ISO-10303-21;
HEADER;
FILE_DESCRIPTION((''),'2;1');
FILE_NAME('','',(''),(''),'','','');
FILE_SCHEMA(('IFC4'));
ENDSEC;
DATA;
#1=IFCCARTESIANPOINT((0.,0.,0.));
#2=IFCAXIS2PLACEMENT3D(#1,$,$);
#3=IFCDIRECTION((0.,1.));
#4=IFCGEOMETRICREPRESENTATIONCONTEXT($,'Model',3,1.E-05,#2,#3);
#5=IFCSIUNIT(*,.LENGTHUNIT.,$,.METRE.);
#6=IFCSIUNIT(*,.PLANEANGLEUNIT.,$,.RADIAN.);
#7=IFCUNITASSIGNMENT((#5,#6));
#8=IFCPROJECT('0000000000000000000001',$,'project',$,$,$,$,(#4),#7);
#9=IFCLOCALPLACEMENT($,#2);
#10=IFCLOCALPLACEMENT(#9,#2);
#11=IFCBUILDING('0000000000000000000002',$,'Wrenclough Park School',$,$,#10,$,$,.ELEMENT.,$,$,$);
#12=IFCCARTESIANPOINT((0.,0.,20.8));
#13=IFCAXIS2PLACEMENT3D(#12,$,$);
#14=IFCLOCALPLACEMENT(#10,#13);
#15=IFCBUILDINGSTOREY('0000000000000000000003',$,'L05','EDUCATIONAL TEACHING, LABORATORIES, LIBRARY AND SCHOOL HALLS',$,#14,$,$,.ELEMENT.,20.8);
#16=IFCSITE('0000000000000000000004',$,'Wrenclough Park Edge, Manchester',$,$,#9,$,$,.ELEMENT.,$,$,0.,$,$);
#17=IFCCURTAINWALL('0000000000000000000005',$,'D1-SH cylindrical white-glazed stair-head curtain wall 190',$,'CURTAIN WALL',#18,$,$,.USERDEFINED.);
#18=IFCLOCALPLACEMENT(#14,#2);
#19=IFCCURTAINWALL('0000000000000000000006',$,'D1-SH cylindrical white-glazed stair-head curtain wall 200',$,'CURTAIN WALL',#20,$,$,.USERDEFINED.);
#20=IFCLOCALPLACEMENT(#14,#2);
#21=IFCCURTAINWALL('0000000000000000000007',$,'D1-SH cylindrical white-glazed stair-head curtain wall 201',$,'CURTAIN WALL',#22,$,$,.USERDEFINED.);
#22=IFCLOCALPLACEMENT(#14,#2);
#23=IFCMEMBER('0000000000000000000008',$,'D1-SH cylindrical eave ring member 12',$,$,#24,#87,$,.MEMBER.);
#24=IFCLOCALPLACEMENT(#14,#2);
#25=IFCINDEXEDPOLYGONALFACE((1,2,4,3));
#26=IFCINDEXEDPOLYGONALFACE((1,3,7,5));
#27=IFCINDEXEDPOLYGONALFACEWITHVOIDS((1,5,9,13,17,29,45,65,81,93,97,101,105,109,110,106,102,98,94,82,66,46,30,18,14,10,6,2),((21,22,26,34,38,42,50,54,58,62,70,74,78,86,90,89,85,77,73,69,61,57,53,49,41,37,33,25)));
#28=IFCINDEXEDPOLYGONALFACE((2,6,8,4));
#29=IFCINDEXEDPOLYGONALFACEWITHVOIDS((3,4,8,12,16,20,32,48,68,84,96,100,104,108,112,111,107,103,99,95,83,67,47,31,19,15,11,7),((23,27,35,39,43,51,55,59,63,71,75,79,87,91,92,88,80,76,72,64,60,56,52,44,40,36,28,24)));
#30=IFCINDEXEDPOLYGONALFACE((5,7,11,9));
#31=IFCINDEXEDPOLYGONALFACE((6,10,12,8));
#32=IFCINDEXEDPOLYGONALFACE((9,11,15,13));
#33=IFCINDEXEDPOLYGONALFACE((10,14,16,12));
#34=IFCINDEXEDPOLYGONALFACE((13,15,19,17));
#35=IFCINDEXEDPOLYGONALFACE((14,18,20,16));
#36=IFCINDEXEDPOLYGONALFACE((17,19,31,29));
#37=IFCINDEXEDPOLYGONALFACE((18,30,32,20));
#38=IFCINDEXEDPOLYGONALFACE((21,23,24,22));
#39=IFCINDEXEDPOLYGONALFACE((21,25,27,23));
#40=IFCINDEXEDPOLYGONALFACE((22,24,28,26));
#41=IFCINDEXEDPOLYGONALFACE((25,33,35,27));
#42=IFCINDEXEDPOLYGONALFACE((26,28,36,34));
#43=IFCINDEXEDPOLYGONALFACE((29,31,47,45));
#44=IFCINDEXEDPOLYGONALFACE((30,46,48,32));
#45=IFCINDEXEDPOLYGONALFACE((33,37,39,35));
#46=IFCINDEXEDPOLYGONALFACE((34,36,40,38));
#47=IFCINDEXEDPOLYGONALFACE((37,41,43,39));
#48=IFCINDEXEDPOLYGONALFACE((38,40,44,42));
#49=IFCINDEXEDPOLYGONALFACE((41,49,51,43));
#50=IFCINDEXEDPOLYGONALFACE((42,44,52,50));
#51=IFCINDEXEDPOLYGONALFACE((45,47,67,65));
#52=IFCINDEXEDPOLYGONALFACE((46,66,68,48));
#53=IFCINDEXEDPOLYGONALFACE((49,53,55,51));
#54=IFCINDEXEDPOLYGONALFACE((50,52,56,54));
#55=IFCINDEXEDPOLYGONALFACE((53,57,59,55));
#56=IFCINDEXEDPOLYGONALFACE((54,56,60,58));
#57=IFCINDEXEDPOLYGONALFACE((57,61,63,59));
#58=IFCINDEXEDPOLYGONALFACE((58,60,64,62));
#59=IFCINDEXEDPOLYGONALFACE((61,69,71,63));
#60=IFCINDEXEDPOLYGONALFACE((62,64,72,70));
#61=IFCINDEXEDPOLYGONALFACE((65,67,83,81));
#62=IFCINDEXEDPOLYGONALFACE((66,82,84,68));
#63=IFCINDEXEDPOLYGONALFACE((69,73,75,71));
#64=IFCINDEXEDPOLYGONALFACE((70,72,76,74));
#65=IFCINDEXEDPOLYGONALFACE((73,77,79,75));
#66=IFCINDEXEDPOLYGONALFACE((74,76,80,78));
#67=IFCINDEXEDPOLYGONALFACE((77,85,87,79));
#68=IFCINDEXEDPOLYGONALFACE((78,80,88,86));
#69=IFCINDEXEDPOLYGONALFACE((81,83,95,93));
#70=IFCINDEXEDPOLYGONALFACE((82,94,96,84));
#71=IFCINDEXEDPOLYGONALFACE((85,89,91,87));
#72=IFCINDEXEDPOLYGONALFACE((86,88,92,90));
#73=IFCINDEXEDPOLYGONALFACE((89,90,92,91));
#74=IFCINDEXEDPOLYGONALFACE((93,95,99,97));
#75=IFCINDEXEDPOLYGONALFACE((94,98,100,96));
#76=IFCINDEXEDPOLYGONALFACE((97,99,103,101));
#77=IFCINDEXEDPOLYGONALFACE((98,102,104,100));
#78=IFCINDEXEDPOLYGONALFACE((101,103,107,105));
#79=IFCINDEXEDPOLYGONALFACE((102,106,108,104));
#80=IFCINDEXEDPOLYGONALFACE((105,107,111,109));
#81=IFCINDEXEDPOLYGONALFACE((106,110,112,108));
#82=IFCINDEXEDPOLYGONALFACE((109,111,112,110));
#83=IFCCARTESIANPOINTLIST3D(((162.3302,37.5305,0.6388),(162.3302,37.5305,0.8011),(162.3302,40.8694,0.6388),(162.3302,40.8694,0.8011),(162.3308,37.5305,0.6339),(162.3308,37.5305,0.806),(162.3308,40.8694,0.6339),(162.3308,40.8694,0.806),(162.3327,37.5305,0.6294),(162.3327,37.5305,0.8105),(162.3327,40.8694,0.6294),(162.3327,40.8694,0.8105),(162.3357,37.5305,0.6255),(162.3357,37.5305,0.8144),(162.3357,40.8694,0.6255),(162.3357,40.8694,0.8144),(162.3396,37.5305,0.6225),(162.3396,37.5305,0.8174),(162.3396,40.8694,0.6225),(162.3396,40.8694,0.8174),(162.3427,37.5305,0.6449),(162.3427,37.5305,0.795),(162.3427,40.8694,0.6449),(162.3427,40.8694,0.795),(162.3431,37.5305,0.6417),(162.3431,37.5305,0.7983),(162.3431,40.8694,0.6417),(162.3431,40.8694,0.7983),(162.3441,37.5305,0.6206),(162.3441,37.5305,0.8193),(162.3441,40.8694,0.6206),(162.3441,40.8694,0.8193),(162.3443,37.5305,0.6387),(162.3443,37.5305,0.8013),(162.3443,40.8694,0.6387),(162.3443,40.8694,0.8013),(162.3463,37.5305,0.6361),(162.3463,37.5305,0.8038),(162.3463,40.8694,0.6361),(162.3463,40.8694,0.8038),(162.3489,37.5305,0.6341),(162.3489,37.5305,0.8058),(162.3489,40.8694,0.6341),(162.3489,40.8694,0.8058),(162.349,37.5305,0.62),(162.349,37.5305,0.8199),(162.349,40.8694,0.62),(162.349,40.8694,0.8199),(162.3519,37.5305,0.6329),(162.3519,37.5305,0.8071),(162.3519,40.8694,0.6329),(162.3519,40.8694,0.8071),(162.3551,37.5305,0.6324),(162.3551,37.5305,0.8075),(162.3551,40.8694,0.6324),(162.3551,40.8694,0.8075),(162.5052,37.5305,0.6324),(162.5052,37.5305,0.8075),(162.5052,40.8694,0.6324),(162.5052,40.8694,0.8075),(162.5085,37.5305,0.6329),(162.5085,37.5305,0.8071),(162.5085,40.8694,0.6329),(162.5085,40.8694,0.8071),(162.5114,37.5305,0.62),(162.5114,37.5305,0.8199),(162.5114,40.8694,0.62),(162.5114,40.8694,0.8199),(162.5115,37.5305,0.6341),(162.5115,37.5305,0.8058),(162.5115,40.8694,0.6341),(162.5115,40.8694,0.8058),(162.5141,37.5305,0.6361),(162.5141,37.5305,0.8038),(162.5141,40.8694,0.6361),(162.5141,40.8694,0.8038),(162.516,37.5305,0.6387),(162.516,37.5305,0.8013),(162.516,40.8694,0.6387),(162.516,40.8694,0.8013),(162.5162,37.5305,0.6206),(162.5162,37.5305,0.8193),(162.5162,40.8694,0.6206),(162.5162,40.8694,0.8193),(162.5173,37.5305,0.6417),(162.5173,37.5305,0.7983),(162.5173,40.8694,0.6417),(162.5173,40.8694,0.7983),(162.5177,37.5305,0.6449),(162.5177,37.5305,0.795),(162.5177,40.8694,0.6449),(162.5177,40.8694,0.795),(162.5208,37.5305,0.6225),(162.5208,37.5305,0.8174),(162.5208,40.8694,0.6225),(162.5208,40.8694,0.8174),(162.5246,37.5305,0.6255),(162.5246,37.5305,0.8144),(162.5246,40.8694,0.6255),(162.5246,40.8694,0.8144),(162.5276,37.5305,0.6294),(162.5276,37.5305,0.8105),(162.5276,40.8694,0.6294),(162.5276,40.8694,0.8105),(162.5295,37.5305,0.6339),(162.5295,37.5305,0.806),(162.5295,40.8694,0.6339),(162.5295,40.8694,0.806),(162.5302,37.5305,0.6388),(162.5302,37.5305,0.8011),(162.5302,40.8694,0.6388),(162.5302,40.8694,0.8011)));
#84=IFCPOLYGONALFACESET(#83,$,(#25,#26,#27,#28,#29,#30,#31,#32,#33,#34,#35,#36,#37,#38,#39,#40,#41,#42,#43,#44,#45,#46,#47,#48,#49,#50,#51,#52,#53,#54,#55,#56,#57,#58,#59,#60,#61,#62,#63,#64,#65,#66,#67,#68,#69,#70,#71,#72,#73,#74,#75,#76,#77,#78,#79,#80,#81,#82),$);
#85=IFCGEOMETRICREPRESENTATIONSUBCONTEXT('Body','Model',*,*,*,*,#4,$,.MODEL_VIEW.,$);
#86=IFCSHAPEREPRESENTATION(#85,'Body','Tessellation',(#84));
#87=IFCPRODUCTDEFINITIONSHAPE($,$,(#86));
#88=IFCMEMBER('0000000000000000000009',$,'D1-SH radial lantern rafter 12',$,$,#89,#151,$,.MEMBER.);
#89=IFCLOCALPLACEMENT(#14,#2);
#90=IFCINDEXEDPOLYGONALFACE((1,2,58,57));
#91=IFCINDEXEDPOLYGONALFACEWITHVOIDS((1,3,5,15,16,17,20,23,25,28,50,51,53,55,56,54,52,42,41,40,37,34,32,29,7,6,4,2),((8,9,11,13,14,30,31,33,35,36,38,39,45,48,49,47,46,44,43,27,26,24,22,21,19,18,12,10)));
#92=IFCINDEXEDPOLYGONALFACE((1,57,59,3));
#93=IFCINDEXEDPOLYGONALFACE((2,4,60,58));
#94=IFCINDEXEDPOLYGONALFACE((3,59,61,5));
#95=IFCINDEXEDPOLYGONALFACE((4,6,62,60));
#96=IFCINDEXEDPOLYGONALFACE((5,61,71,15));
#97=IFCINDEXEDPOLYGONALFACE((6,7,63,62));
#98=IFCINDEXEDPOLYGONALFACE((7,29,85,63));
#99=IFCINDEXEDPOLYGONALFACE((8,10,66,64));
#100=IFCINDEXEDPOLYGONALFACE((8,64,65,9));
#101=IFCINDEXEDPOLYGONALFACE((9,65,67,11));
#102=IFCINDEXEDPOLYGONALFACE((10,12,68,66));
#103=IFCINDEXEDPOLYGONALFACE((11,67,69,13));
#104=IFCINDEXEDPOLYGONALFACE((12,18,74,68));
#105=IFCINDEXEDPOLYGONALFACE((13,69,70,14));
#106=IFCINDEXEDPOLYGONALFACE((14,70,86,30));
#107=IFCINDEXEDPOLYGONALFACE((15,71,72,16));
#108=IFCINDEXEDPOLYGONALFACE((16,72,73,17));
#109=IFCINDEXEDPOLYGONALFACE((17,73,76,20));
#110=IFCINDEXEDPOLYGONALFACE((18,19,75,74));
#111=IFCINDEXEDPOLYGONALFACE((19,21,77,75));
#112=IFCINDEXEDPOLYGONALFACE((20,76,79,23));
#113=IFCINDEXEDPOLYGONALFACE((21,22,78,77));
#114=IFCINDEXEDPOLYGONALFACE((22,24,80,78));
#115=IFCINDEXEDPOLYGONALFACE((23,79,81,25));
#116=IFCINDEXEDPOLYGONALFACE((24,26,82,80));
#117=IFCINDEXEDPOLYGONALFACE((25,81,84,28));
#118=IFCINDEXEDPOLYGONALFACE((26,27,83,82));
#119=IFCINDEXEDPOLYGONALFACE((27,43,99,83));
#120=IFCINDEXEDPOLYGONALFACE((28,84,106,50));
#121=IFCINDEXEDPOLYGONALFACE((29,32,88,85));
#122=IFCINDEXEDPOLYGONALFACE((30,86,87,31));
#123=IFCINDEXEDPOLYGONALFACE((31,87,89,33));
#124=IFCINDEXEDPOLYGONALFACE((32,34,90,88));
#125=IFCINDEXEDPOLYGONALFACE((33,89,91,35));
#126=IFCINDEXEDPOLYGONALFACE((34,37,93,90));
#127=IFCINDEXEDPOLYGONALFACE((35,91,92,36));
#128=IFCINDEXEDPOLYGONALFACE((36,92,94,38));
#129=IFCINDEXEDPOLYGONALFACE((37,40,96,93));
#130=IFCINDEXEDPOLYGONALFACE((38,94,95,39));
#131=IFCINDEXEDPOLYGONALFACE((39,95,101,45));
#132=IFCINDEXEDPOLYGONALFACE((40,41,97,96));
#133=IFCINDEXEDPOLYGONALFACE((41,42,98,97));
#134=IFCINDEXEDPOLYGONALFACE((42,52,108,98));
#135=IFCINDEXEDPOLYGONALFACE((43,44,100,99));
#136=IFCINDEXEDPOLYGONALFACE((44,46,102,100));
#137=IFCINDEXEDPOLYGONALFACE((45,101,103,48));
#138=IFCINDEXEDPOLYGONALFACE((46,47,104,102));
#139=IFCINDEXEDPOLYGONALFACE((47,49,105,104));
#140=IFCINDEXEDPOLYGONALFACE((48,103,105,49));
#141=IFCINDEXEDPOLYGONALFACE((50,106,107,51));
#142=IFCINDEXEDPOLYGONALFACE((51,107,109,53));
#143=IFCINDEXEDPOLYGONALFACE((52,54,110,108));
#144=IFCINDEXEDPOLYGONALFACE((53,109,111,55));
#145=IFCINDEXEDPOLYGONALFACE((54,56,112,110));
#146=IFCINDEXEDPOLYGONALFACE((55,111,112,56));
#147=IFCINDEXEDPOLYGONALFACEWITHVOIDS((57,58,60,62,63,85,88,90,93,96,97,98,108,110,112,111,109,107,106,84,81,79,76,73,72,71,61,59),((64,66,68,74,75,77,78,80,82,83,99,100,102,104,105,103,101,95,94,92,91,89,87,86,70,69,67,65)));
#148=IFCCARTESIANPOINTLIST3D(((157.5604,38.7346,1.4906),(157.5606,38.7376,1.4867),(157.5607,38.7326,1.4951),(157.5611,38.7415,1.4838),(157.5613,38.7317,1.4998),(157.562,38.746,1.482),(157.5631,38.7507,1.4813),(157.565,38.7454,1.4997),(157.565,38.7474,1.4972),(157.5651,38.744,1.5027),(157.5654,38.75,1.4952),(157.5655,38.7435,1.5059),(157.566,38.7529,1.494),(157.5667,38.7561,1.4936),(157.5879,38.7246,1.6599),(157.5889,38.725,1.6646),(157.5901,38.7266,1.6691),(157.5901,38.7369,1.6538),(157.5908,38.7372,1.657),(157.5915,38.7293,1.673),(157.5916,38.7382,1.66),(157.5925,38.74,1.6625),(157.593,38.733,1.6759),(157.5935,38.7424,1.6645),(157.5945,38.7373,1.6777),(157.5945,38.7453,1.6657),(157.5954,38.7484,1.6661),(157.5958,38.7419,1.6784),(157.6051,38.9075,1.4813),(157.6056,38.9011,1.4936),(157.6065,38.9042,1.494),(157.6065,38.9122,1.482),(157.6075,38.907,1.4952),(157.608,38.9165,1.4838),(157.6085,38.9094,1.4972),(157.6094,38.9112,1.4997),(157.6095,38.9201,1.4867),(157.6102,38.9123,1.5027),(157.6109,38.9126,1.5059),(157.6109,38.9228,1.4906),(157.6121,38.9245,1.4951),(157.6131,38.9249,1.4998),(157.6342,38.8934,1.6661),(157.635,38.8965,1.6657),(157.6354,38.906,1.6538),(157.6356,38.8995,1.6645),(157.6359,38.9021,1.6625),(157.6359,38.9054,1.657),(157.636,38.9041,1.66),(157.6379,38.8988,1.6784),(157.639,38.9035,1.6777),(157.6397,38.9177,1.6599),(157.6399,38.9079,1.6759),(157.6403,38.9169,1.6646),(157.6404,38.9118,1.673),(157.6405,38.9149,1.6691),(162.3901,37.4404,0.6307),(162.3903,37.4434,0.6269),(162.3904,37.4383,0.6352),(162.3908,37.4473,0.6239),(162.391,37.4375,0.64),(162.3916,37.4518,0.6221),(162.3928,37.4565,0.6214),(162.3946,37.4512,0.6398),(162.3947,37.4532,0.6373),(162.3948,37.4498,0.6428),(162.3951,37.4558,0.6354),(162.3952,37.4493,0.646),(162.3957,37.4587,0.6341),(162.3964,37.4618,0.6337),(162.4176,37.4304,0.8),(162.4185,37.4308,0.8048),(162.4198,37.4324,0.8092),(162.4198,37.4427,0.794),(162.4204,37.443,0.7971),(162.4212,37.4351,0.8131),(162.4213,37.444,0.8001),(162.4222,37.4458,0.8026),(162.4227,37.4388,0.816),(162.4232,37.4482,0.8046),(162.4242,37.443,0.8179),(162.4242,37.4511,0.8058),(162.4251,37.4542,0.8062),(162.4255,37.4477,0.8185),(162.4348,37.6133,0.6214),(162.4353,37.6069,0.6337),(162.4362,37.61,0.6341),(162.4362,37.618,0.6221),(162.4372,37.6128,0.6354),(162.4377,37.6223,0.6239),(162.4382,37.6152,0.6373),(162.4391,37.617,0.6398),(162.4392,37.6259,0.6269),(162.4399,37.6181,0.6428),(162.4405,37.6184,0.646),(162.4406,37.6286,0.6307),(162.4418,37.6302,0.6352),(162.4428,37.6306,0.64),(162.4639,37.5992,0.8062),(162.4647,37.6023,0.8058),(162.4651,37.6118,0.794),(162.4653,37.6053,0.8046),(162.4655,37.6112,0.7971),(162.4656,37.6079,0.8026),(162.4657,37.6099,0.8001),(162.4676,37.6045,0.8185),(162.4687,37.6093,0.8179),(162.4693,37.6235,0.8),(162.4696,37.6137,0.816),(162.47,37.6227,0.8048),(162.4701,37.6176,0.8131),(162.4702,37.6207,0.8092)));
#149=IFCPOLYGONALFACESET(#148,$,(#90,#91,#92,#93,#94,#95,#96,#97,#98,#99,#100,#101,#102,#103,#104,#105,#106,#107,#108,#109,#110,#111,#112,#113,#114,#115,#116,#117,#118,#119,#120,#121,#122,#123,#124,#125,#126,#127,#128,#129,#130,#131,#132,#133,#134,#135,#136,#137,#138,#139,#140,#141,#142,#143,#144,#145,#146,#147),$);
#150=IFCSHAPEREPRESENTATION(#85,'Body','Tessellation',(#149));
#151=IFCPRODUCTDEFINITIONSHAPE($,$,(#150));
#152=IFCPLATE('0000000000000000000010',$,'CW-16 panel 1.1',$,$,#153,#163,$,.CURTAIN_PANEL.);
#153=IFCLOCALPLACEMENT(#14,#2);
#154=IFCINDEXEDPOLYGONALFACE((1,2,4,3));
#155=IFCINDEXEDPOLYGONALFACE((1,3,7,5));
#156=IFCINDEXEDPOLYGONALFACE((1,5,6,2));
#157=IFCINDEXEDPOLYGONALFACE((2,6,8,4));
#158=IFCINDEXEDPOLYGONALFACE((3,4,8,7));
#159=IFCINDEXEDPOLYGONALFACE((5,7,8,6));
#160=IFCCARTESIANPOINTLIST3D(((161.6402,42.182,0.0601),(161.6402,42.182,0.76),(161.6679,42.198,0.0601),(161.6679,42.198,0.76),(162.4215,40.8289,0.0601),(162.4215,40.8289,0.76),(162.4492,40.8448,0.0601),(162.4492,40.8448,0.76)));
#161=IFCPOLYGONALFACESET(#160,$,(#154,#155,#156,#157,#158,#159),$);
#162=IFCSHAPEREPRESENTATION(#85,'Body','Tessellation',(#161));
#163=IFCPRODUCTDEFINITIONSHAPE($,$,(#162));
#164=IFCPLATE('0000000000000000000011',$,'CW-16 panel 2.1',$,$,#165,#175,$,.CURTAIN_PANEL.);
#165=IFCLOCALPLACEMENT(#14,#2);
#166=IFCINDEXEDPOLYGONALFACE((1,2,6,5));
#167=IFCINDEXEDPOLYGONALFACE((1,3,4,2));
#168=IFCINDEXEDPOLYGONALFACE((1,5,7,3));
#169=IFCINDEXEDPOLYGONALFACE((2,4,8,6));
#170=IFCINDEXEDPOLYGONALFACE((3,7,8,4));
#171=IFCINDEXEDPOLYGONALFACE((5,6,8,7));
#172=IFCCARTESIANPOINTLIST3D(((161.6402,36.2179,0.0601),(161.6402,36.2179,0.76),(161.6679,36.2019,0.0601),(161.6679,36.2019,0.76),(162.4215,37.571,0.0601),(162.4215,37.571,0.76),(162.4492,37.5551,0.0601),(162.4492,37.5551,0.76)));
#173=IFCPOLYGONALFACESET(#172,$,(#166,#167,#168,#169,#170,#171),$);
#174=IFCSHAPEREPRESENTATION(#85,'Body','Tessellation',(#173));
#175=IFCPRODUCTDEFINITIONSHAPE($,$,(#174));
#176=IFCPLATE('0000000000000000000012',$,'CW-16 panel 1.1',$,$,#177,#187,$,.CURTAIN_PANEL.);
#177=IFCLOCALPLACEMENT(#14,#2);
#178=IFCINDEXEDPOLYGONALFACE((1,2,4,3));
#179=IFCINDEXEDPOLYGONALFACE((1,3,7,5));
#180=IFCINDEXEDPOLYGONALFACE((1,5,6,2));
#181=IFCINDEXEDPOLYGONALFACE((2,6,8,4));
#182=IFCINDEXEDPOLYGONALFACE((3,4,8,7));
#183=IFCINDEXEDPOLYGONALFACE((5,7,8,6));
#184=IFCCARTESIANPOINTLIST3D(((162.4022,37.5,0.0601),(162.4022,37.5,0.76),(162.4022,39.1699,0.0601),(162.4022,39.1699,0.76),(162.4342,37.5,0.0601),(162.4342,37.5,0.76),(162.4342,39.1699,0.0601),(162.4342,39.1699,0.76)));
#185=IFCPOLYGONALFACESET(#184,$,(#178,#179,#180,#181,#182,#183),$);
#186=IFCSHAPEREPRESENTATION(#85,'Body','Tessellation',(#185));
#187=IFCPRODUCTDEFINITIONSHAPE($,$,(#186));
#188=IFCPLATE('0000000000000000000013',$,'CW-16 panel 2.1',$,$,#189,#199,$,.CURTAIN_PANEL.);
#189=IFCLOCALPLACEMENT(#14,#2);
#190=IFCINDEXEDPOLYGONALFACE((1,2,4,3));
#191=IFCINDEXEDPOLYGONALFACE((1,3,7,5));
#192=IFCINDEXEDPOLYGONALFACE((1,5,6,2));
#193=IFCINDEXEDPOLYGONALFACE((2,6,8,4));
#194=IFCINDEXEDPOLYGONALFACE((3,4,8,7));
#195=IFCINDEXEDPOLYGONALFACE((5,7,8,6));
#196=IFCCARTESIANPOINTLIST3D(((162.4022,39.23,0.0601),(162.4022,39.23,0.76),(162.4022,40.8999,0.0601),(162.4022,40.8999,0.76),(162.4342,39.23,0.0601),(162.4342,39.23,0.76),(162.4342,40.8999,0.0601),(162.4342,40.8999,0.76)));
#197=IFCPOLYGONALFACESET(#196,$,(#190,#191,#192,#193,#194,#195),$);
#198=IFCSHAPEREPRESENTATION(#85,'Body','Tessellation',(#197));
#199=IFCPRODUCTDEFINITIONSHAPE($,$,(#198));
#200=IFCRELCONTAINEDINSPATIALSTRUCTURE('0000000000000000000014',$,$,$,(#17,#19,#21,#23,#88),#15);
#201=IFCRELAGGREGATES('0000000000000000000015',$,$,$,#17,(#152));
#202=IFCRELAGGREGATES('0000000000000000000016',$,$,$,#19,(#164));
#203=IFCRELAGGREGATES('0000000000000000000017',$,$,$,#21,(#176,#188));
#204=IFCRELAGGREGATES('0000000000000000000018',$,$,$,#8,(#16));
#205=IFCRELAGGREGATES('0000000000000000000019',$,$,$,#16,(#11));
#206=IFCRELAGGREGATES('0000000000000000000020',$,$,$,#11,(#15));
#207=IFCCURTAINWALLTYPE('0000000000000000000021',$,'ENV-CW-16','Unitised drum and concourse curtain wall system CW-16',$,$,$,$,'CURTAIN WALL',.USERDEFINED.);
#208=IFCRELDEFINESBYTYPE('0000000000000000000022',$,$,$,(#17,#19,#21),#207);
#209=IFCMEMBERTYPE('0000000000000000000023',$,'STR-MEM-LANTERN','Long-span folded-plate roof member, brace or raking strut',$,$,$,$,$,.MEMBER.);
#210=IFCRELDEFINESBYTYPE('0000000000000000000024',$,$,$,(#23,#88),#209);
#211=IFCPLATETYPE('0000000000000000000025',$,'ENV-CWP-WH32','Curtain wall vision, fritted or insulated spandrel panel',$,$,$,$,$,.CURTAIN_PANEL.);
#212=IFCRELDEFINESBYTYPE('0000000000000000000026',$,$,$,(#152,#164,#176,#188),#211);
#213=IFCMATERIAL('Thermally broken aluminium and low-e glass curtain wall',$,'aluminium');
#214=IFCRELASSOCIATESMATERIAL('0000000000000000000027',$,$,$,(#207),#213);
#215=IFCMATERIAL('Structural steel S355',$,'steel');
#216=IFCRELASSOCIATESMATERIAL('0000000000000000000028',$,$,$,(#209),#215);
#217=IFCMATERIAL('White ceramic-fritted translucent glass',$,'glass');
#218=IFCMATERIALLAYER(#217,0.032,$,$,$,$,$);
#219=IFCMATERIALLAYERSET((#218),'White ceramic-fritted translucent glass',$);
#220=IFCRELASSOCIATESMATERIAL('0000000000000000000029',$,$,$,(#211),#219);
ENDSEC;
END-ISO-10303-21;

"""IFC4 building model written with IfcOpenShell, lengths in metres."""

from ifc_helpers import new_model, si_unit, direction, frame, origin, origin_2d, place, context, subcontext, project, spatial, rectangle, hollow_rectangle, extrude, material, layer, layer_set, material_profile, profile_set, type_object, element, aggregate, save


model = new_model("IFC4")

# Units and contexts
model_context = context("Model", 3, precision=1e-05, world=origin(), true_north=direction((0.0, 1.0)))
body_context = subcontext(model_context, "Body", "Model", "MODEL_VIEW")
ifc_project = project(units=[si_unit("LENGTHUNIT", "METRE"), si_unit("PLANEANGLEUNIT", "RADIAN")], contexts=[model_context])

# Site, building, storey
site_placement = place(None, origin())
site = spatial("IfcSite", under=ifc_project, at=site_placement, Name="Wrenclough Park Edge, Manchester", CompositionType="ELEMENT", RefElevation=0.0)
building_placement = place(site_placement, origin())
building = spatial("IfcBuilding", under=site, at=building_placement, Name="Wrenclough Park School", CompositionType="ELEMENT")
storey_placement = place(building_placement, frame((0.0, 0.0, 20.8)))
storey = spatial("IfcBuildingStorey", under=building, at=storey_placement, Name="L05", Description="EDUCATIONAL TEACHING, LABORATORIES, LIBRARY AND SCHOOL HALLS", CompositionType="ELEMENT", Elevation=20.8)

# Curtain wall
ifc_material_1 = material(Name="Thermally broken aluminium and low-e glass curtain wall", Category="aluminium")
curtain_wall_type = type_object("IfcCurtainWallType", Name="ENV-CW-16", Description="Unitised drum and concourse curtain wall system CW-16", ElementType="CURTAIN WALL", PredefinedType="USERDEFINED", material=ifc_material_1)
curtain_wall_1_placement = place(storey_placement, origin())
curtain_wall_1 = element("IfcCurtainWall", 1, at=curtain_wall_1_placement, inside=storey, type_object=curtain_wall_type, Name="D1-SH cylindrical white-glazed stair-head curtain wall 190", ObjectType="CURTAIN WALL", PredefinedType="USERDEFINED")

# Curtain walls
curtain_wall_2_placement = place(storey_placement, origin())
curtain_wall_2 = element("IfcCurtainWall", 2, at=curtain_wall_2_placement, inside=storey, type_object=curtain_wall_type, Name="D1-SH cylindrical white-glazed stair-head curtain wall 200", ObjectType="CURTAIN WALL", PredefinedType="USERDEFINED")
curtain_wall_3_placement = place(storey_placement, origin())
curtain_wall_3 = element("IfcCurtainWall", 3, at=curtain_wall_3_placement, inside=storey, type_object=curtain_wall_type, Name="D1-SH cylindrical white-glazed stair-head curtain wall 201", ObjectType="CURTAIN WALL", PredefinedType="USERDEFINED")

# Members
ifc_material_2 = material(Name="Structural steel S355", Category="steel")
ifc_material_profile_1 = material_profile(ifc_material_2, hollow_rectangle(XDim=0.2, YDim=0.2, WallThickness=0.0125, InnerFilletRadius=0.0125, OuterFilletRadius=0.0188, at=origin_2d()), Name="SHS 200x200x12.5")
ifc_profile_set_1 = profile_set([ifc_material_profile_1], Name="Structural steel S355")
member_type_1 = type_object("IfcMemberType", Name="STR-MEM-LANTERN", Description="Long-span folded-plate roof member, brace or raking strut", PredefinedType="MEMBER", material=ifc_profile_set_1)
member_1_placement = place(storey_placement, frame((162.4302, 37.5305, 0.72), z_axis=(0.0, 1.0, 0.0), x_axis=(-1.0, 0.0, 0.0)))
element("IfcMember", 4, at=member_1_placement, inside=storey, type_object=member_type_1, Name="D1-SH cylindrical eave ring member 12", PredefinedType="MEMBER", context=body_context, shape_type="SweptSolid", body=[
    extrude(hollow_rectangle(XDim=0.2, YDim=0.2, WallThickness=0.0125, InnerFilletRadius=0.0125, OuterFilletRadius=0.0188, at=origin_2d()), origin(), (0.0, 0.0, 1.0), 3.3389),
])
member_2_placement = place(storey_placement, frame((162.4302, 37.5305, 0.72), z_axis=(-0.951946, 0.255094, 0.169485), x_axis=(-0.258839, -0.965921, 0.0)))
element("IfcMember", 5, at=member_2_placement, inside=storey, type_object=member_type_1, Name="D1-SH radial lantern rafter 12", PredefinedType="MEMBER", context=body_context, shape_type="SweptSolid", body=[
    extrude(hollow_rectangle(XDim=0.2, YDim=0.2, WallThickness=0.0125, InnerFilletRadius=0.0125, OuterFilletRadius=0.0188, at=origin_2d()), origin(), (0.0, 0.0, 1.0), 5.0735),
])

# Plates
ifc_material_3 = material(Name="White ceramic-fritted translucent glass", Category="glass")
ifc_layer_1 = layer(ifc_material_3, 0.032)
ifc_layer_set_1 = layer_set([ifc_layer_1], Name="White ceramic-fritted translucent glass")
plate_type_1 = type_object("IfcPlateType", Name="ENV-CWP-WH32", Description="Curtain wall vision, fritted or insulated spandrel panel", PredefinedType="CURTAIN_PANEL", material=ifc_layer_set_1)
plate_1_placement = place(storey_placement, frame((162.0447, 41.5134, 0.0601), z_axis=(0.0, 0.0, 1.0), x_axis=(-0.500015, 0.866017, 0.0)))
plate_1 = element("IfcPlate", 6, at=plate_1_placement, type_object=plate_type_1, Name="CW-16 panel 1.1", PredefinedType="CURTAIN_PANEL", context=body_context, shape_type="SweptSolid", body=[
    extrude(rectangle(XDim=1.5625, YDim=0.032, at=origin_2d()), origin(), (0.0, 0.0, 1.0), 0.7),
])
aggregate(curtain_wall_1, [plate_1])
plate_2_placement = place(storey_placement, frame((162.0447, 36.8865, 0.0601), z_axis=(0.0, 0.0, 1.0), x_axis=(0.500015, 0.866017, 0.0)))
plate_2 = element("IfcPlate", 7, at=plate_2_placement, type_object=plate_type_1, Name="CW-16 panel 2.1", PredefinedType="CURTAIN_PANEL", context=body_context, shape_type="SweptSolid", body=[
    extrude(rectangle(XDim=1.5625, YDim=0.032, at=origin_2d()), origin(), (0.0, 0.0, 1.0), 0.7),
])
aggregate(curtain_wall_2, [plate_2])
plate_3_placement = place(storey_placement, frame((162.4182, 38.335, 0.0601), z_axis=(0.0, 0.0, 1.0), x_axis=(0.0, 1.0, 0.0)))
plate_3 = element("IfcPlate", 8, at=plate_3_placement, type_object=plate_type_1, Name="CW-16 panel 1.1", PredefinedType="CURTAIN_PANEL", context=body_context, shape_type="SweptSolid", body=[
    extrude(rectangle(XDim=1.6699, YDim=0.032, at=origin_2d()), origin(), (0.0, 0.0, 1.0), 0.7),
])
plate_4_placement = place(storey_placement, frame((162.4182, 40.0649, 0.0601), z_axis=(0.0, 0.0, 1.0), x_axis=(0.0, 1.0, 0.0)))
plate_4 = element("IfcPlate", 9, at=plate_4_placement, type_object=plate_type_1, Name="CW-16 panel 2.1", PredefinedType="CURTAIN_PANEL", context=body_context, shape_type="SweptSolid", body=[
    extrude(rectangle(XDim=1.6699, YDim=0.032, at=origin_2d()), origin(), (0.0, 0.0, 1.0), 0.7),
])
aggregate(curtain_wall_3, [plate_3, plate_4])

save(model, "model.ifc")
